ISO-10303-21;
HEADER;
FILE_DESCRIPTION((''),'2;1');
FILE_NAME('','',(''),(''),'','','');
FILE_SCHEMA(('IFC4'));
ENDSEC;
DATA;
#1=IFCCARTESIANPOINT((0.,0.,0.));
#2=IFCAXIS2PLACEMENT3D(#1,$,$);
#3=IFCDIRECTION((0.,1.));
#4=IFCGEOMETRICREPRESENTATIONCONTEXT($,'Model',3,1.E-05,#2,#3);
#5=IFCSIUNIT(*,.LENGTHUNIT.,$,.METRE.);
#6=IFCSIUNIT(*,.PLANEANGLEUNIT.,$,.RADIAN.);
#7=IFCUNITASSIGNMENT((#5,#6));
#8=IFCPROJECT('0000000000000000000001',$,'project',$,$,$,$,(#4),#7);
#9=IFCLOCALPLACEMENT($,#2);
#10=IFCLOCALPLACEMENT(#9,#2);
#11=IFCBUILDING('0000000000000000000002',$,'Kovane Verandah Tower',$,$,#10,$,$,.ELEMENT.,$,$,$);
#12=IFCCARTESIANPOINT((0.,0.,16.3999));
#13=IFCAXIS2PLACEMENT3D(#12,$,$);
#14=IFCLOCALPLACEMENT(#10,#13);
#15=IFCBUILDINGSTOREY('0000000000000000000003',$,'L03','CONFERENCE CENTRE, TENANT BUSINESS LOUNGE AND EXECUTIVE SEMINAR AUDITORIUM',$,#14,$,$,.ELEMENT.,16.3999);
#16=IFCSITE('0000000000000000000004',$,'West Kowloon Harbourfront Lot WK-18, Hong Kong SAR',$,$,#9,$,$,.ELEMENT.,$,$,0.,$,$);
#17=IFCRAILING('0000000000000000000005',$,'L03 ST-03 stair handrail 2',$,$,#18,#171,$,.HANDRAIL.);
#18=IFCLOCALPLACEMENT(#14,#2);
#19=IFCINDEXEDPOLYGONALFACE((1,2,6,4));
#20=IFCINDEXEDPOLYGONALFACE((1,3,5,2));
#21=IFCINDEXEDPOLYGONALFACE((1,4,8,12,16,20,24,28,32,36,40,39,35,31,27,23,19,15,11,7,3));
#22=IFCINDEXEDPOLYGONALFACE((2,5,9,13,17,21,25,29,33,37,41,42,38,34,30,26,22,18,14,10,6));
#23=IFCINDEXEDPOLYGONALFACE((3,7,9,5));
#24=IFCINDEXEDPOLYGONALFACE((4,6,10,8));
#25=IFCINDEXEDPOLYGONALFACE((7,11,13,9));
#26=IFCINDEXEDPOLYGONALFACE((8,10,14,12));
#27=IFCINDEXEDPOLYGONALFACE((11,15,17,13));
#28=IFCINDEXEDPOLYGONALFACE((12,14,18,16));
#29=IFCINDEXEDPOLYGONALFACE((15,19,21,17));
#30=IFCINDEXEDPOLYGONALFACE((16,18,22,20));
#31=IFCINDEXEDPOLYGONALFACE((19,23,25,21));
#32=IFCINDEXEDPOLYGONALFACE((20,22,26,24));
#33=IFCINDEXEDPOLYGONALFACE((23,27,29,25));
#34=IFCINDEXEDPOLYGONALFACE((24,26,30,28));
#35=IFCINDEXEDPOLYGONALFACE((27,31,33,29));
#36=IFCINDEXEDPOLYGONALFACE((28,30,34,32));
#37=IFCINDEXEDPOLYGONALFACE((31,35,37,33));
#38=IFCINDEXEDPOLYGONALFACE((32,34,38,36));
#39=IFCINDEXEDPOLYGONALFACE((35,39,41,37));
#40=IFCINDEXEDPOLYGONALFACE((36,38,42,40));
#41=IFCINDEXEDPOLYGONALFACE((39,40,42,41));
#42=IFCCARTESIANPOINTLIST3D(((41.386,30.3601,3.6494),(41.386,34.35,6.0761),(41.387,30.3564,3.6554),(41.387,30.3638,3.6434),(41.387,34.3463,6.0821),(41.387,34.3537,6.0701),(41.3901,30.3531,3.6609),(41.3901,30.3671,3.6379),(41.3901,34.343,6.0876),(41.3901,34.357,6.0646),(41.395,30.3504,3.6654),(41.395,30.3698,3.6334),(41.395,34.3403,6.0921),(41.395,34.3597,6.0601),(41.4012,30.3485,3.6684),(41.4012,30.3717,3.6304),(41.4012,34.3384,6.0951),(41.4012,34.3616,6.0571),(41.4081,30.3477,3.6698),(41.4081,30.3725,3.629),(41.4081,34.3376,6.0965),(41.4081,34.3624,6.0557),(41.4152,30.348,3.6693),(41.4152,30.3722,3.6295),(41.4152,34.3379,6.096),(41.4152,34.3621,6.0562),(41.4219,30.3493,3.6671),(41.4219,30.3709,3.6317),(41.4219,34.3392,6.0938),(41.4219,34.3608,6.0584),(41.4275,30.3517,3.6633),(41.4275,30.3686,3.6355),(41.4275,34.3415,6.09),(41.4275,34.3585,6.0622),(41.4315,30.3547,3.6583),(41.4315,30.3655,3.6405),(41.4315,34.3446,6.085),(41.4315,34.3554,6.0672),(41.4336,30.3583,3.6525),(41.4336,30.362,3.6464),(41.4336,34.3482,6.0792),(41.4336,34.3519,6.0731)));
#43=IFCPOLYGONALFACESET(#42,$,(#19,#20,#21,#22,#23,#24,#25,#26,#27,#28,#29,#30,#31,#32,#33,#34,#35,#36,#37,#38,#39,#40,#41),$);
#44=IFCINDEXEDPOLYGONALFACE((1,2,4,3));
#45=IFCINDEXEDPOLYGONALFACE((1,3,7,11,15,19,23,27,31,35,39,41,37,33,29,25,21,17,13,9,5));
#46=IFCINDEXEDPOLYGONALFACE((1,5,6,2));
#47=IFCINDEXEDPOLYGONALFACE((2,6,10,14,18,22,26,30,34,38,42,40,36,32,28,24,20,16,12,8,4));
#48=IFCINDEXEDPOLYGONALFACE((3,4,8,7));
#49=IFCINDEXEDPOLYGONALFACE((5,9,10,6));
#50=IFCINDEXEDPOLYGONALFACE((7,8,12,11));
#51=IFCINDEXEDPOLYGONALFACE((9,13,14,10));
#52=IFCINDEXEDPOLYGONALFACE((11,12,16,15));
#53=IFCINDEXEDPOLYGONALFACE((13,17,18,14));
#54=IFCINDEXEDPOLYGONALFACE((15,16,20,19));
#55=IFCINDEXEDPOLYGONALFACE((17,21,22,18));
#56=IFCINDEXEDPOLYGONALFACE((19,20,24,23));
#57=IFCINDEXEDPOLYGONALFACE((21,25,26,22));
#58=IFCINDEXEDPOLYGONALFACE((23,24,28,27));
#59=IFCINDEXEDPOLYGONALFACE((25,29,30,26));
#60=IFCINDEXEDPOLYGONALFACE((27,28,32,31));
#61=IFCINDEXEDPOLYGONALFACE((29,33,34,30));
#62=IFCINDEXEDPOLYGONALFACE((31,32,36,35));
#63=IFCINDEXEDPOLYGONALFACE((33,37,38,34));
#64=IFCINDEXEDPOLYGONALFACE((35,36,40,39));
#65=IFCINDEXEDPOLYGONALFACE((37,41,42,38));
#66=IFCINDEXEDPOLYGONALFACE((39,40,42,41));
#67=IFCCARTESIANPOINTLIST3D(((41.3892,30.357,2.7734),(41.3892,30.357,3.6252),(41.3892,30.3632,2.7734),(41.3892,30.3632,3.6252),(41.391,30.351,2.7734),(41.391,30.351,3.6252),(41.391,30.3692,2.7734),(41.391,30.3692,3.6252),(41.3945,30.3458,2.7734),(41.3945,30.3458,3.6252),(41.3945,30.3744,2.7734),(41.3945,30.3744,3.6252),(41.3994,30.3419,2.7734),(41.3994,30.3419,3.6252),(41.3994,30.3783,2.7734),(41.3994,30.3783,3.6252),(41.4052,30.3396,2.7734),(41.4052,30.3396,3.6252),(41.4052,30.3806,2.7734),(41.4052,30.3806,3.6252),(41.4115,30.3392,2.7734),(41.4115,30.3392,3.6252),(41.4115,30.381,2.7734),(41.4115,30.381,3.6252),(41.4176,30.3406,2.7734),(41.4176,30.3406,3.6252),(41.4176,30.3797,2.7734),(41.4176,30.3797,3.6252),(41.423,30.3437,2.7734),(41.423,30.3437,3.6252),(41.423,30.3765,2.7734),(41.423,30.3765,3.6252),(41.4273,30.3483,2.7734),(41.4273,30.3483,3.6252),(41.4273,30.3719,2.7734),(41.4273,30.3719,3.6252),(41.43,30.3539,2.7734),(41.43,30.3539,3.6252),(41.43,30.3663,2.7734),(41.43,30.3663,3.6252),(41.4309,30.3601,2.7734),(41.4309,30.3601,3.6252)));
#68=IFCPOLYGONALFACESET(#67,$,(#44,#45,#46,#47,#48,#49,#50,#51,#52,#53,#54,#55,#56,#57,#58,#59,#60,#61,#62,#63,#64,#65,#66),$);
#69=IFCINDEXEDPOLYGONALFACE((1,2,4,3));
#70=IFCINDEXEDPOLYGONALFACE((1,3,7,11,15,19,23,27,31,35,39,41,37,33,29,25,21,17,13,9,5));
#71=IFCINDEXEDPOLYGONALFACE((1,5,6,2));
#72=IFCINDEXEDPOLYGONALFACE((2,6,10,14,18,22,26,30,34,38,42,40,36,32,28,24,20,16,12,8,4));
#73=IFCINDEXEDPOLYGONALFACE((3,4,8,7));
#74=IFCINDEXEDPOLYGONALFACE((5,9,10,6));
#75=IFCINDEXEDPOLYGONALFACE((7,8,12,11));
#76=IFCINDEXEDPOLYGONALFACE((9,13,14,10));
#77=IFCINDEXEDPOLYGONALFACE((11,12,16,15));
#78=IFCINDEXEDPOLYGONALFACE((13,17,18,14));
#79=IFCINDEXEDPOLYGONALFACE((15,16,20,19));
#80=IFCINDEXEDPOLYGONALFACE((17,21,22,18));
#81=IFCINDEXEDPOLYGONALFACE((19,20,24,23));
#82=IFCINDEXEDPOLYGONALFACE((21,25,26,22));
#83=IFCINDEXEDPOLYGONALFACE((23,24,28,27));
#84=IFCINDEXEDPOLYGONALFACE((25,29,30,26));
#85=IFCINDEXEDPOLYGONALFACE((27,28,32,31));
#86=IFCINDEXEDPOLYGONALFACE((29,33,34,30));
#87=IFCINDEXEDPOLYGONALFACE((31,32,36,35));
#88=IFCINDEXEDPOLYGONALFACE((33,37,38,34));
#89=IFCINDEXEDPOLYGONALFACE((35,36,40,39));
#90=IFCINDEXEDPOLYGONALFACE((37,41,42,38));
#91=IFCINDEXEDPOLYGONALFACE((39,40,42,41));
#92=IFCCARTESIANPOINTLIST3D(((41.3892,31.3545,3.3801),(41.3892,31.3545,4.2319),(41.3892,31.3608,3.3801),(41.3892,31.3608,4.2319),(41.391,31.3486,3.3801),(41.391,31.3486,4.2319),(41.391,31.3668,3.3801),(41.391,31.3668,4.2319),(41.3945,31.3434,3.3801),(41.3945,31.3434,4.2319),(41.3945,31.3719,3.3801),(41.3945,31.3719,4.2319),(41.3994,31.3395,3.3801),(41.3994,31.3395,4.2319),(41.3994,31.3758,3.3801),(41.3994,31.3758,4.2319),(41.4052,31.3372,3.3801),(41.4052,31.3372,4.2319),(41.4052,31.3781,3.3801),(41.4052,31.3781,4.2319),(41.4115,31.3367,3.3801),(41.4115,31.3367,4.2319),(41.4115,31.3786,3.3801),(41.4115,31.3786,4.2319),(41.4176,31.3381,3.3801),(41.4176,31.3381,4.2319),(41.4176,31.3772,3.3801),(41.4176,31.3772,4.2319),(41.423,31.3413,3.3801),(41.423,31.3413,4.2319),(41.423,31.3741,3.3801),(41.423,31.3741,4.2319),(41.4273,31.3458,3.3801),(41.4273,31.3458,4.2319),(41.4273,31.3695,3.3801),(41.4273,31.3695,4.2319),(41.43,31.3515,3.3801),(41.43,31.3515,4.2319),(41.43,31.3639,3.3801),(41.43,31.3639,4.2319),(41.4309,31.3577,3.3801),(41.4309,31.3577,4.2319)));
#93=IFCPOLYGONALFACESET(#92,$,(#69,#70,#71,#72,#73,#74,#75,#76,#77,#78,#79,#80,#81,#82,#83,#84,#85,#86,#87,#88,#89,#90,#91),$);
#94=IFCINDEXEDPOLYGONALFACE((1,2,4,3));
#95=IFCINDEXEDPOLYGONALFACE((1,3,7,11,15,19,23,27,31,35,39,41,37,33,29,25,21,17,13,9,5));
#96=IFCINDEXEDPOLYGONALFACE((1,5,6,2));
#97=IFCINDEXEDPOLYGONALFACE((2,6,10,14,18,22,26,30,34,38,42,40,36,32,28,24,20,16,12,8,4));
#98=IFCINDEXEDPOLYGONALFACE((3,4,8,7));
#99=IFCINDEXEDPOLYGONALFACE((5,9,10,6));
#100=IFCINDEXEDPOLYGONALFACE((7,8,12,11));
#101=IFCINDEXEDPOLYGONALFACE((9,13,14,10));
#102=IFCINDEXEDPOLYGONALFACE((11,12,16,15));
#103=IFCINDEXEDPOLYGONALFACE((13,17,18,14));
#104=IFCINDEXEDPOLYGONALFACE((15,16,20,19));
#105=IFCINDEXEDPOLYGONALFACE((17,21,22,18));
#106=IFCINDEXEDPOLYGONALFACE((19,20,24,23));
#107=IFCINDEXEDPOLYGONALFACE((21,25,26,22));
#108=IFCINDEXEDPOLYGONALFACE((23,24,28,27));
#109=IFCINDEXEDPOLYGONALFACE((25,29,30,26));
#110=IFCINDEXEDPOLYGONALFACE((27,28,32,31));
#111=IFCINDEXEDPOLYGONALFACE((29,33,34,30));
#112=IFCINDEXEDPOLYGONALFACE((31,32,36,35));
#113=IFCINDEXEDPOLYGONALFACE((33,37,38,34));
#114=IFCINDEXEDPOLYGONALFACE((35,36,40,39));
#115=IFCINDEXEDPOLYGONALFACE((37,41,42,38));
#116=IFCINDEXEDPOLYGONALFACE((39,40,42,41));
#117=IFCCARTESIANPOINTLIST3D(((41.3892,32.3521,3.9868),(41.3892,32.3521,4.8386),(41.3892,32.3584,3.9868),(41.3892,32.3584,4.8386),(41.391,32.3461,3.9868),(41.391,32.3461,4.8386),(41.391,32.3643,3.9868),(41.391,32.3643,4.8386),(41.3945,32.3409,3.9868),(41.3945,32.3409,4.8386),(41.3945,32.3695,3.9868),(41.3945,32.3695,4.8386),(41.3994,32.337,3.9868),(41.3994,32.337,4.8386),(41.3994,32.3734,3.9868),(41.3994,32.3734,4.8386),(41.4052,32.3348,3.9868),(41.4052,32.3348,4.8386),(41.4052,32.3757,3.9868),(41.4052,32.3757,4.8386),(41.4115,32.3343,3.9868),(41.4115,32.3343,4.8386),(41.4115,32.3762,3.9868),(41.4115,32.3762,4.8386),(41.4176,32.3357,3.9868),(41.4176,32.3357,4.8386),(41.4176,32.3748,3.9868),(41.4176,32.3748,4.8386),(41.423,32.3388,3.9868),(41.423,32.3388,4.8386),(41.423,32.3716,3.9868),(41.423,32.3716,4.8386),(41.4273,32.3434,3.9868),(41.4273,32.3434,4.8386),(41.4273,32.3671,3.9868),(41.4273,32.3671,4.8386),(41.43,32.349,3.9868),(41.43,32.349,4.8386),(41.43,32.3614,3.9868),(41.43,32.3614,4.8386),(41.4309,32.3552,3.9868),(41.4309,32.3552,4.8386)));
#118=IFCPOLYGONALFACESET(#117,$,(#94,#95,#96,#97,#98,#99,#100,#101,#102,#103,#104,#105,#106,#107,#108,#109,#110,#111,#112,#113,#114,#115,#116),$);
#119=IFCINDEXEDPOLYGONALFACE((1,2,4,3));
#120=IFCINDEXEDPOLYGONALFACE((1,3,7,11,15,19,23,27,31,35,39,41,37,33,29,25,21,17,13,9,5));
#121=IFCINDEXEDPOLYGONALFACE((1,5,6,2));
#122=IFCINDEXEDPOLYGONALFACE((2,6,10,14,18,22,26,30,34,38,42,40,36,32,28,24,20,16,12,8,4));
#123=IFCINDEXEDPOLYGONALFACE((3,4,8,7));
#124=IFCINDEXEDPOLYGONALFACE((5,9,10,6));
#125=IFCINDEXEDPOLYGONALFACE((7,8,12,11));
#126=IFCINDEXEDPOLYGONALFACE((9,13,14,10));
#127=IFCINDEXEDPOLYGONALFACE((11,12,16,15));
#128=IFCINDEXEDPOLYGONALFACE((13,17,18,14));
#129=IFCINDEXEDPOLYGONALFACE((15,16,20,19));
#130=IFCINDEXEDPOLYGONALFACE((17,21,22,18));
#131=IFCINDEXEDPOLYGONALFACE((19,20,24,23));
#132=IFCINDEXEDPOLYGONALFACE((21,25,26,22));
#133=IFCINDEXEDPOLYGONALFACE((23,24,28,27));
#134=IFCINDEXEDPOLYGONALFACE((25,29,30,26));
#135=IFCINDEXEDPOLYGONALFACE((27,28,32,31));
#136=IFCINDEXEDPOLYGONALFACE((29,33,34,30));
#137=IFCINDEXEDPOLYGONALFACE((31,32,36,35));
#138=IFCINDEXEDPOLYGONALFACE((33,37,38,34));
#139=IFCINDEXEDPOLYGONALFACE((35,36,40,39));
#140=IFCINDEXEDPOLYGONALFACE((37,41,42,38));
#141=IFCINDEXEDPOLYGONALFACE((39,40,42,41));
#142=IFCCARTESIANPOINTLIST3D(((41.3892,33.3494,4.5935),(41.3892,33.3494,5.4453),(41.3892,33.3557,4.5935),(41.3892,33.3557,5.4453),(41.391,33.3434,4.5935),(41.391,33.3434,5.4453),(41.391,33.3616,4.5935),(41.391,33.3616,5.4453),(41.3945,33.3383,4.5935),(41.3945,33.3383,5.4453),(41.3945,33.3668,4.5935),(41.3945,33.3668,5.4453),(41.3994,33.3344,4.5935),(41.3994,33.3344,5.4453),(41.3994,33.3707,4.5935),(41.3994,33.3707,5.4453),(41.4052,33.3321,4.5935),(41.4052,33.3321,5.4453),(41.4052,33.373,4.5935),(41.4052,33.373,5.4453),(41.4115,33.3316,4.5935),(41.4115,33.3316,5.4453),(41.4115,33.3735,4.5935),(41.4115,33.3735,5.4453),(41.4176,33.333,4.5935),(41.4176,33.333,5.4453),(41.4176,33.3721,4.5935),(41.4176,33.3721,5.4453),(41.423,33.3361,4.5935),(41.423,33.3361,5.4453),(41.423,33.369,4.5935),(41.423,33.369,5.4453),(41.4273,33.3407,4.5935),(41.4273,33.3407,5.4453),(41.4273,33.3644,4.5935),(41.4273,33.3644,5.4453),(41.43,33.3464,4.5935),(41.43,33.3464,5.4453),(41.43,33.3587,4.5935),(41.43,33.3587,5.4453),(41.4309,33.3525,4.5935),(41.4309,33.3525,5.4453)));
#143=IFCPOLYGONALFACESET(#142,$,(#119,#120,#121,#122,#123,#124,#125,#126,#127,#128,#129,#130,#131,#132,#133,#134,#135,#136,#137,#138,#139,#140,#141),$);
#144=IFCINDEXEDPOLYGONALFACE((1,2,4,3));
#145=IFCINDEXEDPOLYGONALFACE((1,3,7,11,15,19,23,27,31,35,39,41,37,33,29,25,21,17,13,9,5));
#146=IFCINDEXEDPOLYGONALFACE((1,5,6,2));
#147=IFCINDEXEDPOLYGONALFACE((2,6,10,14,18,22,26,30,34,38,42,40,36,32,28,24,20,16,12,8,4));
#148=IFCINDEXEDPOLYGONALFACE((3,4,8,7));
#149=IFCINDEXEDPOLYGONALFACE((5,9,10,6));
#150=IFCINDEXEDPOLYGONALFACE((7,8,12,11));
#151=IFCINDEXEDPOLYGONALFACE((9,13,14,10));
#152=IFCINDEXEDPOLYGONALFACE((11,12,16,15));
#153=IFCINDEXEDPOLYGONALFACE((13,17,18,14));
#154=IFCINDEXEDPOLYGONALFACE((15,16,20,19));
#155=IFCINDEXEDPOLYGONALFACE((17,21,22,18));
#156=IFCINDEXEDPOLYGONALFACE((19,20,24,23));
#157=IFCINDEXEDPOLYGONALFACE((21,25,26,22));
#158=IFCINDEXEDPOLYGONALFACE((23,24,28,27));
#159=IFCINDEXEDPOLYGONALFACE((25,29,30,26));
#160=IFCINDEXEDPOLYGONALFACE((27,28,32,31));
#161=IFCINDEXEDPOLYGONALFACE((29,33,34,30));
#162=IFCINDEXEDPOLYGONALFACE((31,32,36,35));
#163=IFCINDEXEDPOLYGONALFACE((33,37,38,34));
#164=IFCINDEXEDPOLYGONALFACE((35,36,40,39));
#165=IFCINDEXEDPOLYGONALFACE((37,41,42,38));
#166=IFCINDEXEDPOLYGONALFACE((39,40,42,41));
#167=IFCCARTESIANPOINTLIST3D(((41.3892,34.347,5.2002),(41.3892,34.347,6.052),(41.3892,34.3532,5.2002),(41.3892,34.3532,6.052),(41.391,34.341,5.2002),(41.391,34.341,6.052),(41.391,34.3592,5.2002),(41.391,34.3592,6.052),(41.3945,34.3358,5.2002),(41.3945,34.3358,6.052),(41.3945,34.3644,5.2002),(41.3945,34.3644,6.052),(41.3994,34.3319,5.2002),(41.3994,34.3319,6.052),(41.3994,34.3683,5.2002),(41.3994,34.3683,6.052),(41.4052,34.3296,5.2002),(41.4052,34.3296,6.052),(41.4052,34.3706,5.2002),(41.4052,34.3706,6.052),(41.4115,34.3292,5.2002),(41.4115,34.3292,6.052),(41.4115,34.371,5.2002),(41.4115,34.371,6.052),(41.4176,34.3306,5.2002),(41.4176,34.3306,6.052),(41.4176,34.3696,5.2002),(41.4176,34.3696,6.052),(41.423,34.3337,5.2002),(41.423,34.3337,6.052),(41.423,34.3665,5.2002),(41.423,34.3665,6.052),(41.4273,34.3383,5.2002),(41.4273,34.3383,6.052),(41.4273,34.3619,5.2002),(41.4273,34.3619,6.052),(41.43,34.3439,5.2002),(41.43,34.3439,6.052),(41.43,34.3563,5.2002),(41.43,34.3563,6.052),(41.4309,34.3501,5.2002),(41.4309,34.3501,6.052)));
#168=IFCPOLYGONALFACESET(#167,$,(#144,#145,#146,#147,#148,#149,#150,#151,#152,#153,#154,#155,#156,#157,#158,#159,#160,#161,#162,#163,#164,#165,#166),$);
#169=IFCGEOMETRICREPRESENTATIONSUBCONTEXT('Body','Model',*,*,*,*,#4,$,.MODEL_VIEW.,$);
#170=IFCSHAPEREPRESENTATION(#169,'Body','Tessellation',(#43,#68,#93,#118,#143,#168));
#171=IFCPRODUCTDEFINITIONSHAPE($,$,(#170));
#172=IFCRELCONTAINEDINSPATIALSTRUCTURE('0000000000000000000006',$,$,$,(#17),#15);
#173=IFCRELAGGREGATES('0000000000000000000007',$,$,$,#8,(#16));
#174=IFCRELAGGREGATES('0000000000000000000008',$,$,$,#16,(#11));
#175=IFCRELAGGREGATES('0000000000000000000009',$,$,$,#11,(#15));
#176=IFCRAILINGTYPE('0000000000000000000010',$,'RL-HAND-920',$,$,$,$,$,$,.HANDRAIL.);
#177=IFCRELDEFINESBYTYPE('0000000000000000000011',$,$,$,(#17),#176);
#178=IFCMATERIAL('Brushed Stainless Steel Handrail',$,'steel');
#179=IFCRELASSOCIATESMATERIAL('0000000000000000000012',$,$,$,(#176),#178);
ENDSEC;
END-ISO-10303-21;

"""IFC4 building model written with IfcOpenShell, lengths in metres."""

from ifc_helpers import new_model, si_unit, direction, frame, origin, origin_2d, place, context, subcontext, project, spatial, circle, extrude, material, type_object, element, save


model = new_model("IFC4")

# Units and contexts
model_context = context("Model", 3, precision=1e-05, world=origin(), true_north=direction((0.0, 1.0)))
body_context = subcontext(model_context, "Body", "Model", "MODEL_VIEW")
ifc_project = project(units=[si_unit("LENGTHUNIT", "METRE"), si_unit("PLANEANGLEUNIT", "RADIAN")], contexts=[model_context])

# Site, building, storey
site_placement = place(None, origin())
site = spatial("IfcSite", under=ifc_project, at=site_placement, Name="West Kowloon Harbourfront Lot WK-18, Hong Kong SAR", CompositionType="ELEMENT", RefElevation=0.0)
building_placement = place(site_placement, origin())
building = spatial("IfcBuilding", under=site, at=building_placement, Name="Kovane Verandah Tower", CompositionType="ELEMENT")
storey_placement = place(building_placement, frame((0.0, 0.0, 16.3999)))
storey = spatial("IfcBuildingStorey", under=building, at=storey_placement, Name="L03", Description="CONFERENCE CENTRE, TENANT BUSINESS LOUNGE AND EXECUTIVE SEMINAR AUDITORIUM", CompositionType="ELEMENT", Elevation=16.3999)

# Railing
ifc_material_1 = material(Name="Brushed Stainless Steel Handrail", Category="steel")
railing_type_1 = type_object("IfcRailingType", Name="RL-HAND-920", PredefinedType="HANDRAIL", material=ifc_material_1)
railing_1_placement = place(storey_placement, frame((41.4099, 30.3601, 2.7734)))
element("IfcRailing", 1, at=railing_1_placement, inside=storey, type_object=railing_type_1, Name="L03 ST-03 stair handrail 2", PredefinedType="HANDRAIL", context=body_context, shape_type="SweptSolid", body=[
    extrude(circle(Radius=0.0239, at=origin_2d()), frame((0.0, 0.0, 0.876), z_axis=(0.0, 0.854382, 0.519645), x_axis=(-1.0, 0.0, 0.0)), (0.0, 0.0, 1.0), 4.6699),
    extrude(circle(Radius=0.021, at=origin_2d()), origin(), (0.0, 0.0, 1.0), 0.8518),
    extrude(circle(Radius=0.021, at=origin_2d()), frame((0.0, 0.9976, 0.6067)), (0.0, 0.0, 1.0), 0.8518),
    extrude(circle(Radius=0.021, at=origin_2d()), frame((0.0, 1.9951, 1.2134)), (0.0, 0.0, 1.0), 0.8518),
    extrude(circle(Radius=0.021, at=origin_2d()), frame((0.0, 2.9924, 1.8201)), (0.0, 0.0, 1.0), 0.8518),
    extrude(circle(Radius=0.021, at=origin_2d()), frame((0.0, 3.99, 2.4268)), (0.0, 0.0, 1.0), 0.8518),
])

save(model, "model.ifc")
